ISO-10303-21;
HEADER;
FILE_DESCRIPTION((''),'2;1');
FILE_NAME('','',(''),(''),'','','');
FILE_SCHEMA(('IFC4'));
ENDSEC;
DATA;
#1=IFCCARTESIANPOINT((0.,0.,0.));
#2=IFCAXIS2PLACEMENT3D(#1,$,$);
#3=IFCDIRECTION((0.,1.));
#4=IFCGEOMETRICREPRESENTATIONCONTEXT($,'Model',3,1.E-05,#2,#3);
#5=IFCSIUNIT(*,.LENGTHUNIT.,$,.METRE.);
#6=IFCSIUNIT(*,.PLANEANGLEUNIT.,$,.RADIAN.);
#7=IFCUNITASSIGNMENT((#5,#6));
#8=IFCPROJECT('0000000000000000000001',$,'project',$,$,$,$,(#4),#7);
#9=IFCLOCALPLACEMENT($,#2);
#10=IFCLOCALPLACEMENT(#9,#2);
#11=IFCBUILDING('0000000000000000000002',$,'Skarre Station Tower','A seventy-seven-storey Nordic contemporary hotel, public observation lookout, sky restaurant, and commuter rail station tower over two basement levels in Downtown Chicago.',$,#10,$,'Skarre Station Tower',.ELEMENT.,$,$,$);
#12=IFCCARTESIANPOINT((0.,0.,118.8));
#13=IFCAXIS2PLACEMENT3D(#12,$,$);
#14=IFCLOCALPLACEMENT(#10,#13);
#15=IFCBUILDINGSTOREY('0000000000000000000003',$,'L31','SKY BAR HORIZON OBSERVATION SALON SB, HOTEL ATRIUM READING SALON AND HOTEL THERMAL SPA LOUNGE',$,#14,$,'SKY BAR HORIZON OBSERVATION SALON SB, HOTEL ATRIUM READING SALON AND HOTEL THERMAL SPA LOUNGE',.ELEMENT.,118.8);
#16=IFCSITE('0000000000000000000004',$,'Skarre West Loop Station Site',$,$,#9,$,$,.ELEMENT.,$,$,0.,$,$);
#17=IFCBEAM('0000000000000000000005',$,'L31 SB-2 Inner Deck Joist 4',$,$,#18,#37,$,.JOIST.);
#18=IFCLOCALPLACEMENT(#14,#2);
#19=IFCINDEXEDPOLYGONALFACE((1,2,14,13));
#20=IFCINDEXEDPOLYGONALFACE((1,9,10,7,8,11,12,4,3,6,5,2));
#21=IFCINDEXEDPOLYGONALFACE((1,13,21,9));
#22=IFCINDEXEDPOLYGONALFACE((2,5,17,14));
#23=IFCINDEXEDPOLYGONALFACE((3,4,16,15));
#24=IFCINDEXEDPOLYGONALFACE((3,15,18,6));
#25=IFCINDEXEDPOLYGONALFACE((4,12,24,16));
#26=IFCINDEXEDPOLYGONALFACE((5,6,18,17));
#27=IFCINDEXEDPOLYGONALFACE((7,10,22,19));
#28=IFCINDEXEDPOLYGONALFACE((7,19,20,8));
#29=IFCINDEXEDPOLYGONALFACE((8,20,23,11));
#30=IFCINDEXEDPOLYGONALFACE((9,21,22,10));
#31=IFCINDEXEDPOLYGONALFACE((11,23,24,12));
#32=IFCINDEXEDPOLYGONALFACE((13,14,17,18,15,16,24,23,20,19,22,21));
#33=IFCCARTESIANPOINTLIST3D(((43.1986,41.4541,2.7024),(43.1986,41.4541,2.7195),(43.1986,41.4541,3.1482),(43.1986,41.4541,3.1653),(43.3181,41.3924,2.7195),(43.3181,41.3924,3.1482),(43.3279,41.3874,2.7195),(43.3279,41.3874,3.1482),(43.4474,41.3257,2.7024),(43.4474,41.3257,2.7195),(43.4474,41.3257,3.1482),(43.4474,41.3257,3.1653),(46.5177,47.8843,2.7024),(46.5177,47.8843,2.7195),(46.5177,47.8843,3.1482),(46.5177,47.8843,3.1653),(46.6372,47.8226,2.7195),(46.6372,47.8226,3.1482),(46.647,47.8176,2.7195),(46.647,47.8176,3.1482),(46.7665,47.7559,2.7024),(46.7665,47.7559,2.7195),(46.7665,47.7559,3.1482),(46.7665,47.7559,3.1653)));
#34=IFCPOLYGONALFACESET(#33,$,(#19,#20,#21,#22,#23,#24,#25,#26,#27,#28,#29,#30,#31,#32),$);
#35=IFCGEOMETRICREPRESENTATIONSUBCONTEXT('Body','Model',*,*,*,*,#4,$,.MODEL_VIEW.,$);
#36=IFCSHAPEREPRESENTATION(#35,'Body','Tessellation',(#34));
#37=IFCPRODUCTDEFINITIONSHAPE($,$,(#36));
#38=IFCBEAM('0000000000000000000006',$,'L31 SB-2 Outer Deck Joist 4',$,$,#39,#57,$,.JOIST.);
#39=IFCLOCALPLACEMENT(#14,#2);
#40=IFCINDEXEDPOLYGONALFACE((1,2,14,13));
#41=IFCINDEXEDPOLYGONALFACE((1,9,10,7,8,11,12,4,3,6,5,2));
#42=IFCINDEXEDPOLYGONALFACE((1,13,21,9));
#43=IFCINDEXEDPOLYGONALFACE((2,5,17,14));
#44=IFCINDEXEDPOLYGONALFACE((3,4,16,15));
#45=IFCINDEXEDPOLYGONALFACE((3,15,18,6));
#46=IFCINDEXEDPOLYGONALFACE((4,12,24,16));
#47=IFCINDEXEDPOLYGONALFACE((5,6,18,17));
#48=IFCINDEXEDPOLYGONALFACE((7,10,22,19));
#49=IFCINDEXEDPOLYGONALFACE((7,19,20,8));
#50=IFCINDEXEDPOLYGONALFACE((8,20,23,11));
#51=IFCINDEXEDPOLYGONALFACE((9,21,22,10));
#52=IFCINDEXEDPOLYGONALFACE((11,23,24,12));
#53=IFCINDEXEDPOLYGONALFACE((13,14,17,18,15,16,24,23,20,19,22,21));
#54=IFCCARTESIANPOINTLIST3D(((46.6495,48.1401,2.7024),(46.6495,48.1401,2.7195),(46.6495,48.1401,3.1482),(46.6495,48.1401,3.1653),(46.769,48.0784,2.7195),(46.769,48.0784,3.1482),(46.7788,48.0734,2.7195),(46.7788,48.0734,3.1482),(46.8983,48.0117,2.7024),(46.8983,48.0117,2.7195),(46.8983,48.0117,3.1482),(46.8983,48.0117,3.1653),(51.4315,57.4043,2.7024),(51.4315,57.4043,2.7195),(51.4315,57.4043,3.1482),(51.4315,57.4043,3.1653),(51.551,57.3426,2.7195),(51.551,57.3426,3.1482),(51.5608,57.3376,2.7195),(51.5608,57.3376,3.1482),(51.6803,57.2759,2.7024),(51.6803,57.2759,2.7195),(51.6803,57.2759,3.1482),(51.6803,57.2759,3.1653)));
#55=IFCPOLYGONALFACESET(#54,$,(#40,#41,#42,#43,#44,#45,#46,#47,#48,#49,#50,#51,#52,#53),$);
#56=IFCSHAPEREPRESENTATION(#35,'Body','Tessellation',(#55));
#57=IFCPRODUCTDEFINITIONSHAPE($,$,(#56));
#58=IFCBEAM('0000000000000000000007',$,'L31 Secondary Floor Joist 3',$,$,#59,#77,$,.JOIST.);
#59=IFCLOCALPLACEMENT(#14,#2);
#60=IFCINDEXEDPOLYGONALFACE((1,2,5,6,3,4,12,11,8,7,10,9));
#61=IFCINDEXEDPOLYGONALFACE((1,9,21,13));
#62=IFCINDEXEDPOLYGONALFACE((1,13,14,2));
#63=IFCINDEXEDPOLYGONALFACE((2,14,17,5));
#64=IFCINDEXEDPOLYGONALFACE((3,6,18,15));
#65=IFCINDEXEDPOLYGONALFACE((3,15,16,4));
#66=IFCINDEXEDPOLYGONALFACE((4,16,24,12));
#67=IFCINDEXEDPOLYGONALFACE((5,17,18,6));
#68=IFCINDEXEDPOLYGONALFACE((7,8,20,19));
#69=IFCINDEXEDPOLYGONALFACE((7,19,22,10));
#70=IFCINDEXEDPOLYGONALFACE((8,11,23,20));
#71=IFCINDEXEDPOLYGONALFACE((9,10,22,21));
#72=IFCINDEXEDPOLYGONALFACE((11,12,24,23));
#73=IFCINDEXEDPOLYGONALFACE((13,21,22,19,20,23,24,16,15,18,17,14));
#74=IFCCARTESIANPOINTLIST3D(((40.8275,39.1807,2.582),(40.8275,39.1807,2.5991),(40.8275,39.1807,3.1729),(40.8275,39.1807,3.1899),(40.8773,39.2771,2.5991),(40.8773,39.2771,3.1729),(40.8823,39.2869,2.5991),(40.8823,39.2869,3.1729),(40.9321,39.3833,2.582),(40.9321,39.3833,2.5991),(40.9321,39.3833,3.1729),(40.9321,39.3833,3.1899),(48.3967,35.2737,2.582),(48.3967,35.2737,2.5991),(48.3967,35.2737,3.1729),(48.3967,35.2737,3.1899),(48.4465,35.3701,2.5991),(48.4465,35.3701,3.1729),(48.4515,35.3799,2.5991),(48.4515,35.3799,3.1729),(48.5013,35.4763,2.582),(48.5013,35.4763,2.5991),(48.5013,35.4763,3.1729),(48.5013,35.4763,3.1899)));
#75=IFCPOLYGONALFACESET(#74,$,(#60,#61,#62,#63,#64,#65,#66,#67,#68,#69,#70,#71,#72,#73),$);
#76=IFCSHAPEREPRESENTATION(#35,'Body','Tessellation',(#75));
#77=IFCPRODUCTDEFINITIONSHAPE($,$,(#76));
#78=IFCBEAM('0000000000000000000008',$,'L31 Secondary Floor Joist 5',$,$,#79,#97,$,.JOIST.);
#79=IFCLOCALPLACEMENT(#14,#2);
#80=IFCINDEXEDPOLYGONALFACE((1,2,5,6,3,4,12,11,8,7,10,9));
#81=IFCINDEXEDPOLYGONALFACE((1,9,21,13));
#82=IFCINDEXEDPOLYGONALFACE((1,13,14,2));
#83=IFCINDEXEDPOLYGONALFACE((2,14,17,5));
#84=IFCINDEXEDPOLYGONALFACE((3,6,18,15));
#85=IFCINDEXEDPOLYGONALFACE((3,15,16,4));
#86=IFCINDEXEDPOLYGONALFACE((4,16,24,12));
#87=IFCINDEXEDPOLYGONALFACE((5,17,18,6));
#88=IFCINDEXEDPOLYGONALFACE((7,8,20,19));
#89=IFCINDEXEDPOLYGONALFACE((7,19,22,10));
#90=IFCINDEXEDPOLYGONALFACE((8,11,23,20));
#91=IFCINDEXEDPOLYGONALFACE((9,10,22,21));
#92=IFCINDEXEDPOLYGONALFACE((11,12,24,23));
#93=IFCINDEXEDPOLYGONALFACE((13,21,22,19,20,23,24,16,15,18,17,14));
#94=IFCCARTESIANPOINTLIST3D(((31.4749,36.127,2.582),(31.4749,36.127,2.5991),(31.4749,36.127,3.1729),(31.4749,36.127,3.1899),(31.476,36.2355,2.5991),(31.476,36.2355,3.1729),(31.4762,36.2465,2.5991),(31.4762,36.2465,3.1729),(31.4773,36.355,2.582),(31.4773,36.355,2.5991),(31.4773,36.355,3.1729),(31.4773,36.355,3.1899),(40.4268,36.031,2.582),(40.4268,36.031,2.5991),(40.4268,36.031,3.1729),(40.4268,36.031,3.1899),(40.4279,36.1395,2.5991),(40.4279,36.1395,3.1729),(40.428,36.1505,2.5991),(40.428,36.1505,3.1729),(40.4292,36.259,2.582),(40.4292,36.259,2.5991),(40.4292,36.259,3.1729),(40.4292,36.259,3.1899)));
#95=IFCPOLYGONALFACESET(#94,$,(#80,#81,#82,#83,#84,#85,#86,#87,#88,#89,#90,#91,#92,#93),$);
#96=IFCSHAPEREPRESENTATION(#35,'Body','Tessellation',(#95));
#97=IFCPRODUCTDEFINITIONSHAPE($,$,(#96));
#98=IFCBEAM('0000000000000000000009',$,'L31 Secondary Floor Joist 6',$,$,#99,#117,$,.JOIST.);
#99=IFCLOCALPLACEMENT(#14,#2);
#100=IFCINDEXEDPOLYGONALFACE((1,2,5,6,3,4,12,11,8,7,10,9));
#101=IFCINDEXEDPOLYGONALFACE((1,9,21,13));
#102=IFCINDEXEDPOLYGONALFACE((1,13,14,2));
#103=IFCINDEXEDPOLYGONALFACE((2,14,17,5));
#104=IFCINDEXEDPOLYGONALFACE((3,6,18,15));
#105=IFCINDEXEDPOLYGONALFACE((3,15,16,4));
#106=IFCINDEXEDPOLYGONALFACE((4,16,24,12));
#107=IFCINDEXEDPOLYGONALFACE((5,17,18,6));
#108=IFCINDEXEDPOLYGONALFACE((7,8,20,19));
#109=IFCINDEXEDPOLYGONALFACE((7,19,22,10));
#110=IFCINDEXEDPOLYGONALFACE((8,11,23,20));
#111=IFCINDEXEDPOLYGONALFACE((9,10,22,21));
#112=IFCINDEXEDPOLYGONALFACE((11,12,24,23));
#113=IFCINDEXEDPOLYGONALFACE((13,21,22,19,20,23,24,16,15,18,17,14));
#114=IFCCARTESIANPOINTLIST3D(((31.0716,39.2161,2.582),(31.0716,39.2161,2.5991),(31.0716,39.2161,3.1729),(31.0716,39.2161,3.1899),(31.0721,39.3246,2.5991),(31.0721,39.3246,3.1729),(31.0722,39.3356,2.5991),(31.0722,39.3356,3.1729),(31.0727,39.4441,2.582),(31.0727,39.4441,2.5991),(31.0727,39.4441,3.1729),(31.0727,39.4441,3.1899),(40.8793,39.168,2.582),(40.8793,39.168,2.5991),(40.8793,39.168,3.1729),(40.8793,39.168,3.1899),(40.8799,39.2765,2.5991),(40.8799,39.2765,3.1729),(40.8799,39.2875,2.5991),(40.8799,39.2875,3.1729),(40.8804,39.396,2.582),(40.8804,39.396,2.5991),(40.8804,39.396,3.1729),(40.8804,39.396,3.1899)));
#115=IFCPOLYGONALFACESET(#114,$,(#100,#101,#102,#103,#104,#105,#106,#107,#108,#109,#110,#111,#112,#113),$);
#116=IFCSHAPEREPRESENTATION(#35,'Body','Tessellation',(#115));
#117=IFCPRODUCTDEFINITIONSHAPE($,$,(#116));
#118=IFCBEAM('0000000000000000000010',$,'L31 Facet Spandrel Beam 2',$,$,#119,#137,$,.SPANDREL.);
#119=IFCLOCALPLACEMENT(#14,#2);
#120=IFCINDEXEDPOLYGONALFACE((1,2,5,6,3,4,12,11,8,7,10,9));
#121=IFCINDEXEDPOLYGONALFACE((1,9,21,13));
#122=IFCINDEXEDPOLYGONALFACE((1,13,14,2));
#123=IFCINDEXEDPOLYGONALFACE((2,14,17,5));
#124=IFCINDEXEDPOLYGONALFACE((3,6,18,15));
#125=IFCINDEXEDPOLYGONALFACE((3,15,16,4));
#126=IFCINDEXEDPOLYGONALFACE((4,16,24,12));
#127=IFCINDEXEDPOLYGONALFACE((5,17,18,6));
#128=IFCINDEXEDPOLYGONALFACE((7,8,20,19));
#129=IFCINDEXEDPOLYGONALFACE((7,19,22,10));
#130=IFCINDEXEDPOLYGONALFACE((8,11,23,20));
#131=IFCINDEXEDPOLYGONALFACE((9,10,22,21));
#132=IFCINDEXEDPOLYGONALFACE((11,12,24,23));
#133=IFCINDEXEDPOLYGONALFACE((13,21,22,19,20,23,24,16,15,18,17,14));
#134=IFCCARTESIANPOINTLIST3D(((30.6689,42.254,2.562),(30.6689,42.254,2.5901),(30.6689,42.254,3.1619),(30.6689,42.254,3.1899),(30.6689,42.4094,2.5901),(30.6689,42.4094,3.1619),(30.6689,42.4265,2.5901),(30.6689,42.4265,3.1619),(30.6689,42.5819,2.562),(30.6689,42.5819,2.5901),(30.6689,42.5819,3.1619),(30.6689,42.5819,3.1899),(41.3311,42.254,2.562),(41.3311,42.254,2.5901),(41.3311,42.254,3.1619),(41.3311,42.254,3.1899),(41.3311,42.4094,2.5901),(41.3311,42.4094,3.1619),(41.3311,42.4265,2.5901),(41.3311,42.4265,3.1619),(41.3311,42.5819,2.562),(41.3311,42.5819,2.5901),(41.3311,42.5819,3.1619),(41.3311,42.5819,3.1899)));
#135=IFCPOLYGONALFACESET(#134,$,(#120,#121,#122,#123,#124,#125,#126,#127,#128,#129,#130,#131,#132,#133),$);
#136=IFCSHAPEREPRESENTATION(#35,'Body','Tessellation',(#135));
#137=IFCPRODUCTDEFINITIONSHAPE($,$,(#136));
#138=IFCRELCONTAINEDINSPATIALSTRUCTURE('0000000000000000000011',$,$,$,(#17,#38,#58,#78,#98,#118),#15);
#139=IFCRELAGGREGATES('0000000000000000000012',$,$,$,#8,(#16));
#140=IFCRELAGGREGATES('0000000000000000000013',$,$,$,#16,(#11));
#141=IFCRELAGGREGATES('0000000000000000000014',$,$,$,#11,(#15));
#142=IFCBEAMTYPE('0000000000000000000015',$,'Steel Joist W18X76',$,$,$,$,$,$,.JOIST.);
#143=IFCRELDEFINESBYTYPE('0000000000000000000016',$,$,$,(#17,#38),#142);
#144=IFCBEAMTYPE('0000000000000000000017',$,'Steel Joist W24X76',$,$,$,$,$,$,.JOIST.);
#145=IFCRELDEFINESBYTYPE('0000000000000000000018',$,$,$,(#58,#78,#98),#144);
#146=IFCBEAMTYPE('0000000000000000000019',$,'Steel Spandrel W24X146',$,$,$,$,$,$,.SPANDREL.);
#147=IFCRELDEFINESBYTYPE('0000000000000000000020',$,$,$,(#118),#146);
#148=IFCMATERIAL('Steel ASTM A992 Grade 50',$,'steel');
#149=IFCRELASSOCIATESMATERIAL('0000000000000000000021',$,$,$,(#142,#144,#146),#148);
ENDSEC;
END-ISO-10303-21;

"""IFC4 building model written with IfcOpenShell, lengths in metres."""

from ifc_helpers import new_model, si_unit, direction, frame, origin, origin_2d, place, context, subcontext, project, spatial, i_section, extrude, material, material_profile, profile_set, type_object, element, save


model = new_model("IFC4")

# Units and contexts
model_context = context("Model", 3, precision=1e-05, world=origin(), true_north=direction((0.0, 1.0)))
body_context = subcontext(model_context, "Body", "Model", "MODEL_VIEW")
ifc_project = project(units=[si_unit("LENGTHUNIT", "METRE"), si_unit("PLANEANGLEUNIT", "RADIAN")], contexts=[model_context])

# Site, building, storey
site_placement = place(None, origin())
site = spatial("IfcSite", under=ifc_project, at=site_placement, Name="Skarre West Loop Station Site", CompositionType="ELEMENT", RefElevation=0.0)
building_placement = place(site_placement, origin())
building = spatial("IfcBuilding", under=site, at=building_placement, Name="Skarre Station Tower", Description="A seventy-seven-storey Nordic contemporary hotel, public observation lookout, sky restaurant, and commuter rail station tower over two basement levels in Downtown Chicago.", LongName="Skarre Station Tower", CompositionType="ELEMENT")
storey_placement = place(building_placement, frame((0.0, 0.0, 118.8)))
storey = spatial("IfcBuildingStorey", under=building, at=storey_placement, Name="L31", Description="SKY BAR HORIZON OBSERVATION SALON SB, HOTEL ATRIUM READING SALON AND HOTEL THERMAL SPA LOUNGE", LongName="SKY BAR HORIZON OBSERVATION SALON SB, HOTEL ATRIUM READING SALON AND HOTEL THERMAL SPA LOUNGE", CompositionType="ELEMENT", Elevation=118.8)

# Beams
ifc_material_1 = material(Name="Steel ASTM A992 Grade 50", Category="steel")
ifc_material_profile_1 = material_profile(ifc_material_1, i_section(OverallWidth=0.28, OverallDepth=0.4629, WebThickness=0.011, FlangeThickness=0.0171, at=origin_2d()), Name="Steel ASTM A992 Grade 50")
ifc_profile_set_1 = profile_set([ifc_material_profile_1], Name="Steel ASTM A992 Grade 50")
beam_type_1 = type_object("IfcBeamType", Name="Steel Joist W18X76", PredefinedType="JOIST", material=ifc_profile_set_1)
beam_1_placement = place(storey_placement, frame((43.323, 41.3899, 2.9338), z_axis=(0.458675, 0.888604, 0.0), x_axis=(-0.888604, 0.458675, 0.0)))
element("IfcBeam", 1, at=beam_1_placement, inside=storey, type_object=beam_type_1, Name="L31 SB-2 Inner Deck Joist 4", PredefinedType="JOIST", context=body_context, shape_type="SweptSolid", body=[
    extrude(i_section(OverallWidth=0.28, OverallDepth=0.4629, WebThickness=0.011, FlangeThickness=0.0171, at=origin_2d()), origin(), (0.0, 0.0, 1.0), 7.2363),
])
beam_2_placement = place(storey_placement, frame((46.7739, 48.0759, 2.9338), z_axis=(0.458679, 0.888602, 0.0), x_axis=(-0.888602, 0.458679, 0.0)))
element("IfcBeam", 2, at=beam_2_placement, inside=storey, type_object=beam_type_1, Name="L31 SB-2 Outer Deck Joist 4", PredefinedType="JOIST", context=body_context, shape_type="SweptSolid", body=[
    extrude(i_section(OverallWidth=0.28, OverallDepth=0.4629, WebThickness=0.011, FlangeThickness=0.0171, at=origin_2d()), origin(), (0.0, 0.0, 1.0), 10.4255),
])
ifc_material_profile_2 = material_profile(ifc_material_1, i_section(OverallWidth=0.228, OverallDepth=0.6079, WebThickness=0.011, FlangeThickness=0.0171, at=origin_2d()), Name="Steel ASTM A992 Grade 50")
ifc_profile_set_2 = profile_set([ifc_material_profile_2], Name="Steel ASTM A992 Grade 50")
beam_type_2 = type_object("IfcBeamType", Name="Steel Joist W24X76", PredefinedType="JOIST", material=ifc_profile_set_2)
beam_3_placement = place(storey_placement, frame((48.449, 35.375, 2.886), z_axis=(-0.888604, 0.458676, 0.0), x_axis=(-0.458676, -0.888604, 0.0)))
element("IfcBeam", 3, at=beam_3_placement, inside=storey, type_object=beam_type_2, Name="L31 Secondary Floor Joist 3", PredefinedType="JOIST", context=body_context, shape_type="SweptSolid", body=[
    extrude(i_section(OverallWidth=0.228, OverallDepth=0.6079, WebThickness=0.011, FlangeThickness=0.0171, at=origin_2d()), origin(), (0.0, 0.0, 1.0), 8.5181),
])
beam_4_placement = place(storey_placement, frame((40.428, 36.145, 2.886), z_axis=(-0.999943, 0.010717, 0.0), x_axis=(-0.010717, -0.999943, 0.0)))
element("IfcBeam", 4, at=beam_4_placement, inside=storey, type_object=beam_type_2, Name="L31 Secondary Floor Joist 5", PredefinedType="JOIST", context=body_context, shape_type="SweptSolid", body=[
    extrude(i_section(OverallWidth=0.228, OverallDepth=0.6079, WebThickness=0.011, FlangeThickness=0.0171, at=origin_2d()), origin(), (0.0, 0.0, 1.0), 8.9524),
])
beam_5_placement = place(storey_placement, frame((40.8799, 39.282, 2.886), z_axis=(-0.999988, 0.004904, 0.0), x_axis=(-0.004904, -0.999988, 0.0)))
element("IfcBeam", 5, at=beam_5_placement, inside=storey, type_object=beam_type_2, Name="L31 Secondary Floor Joist 6", PredefinedType="JOIST", context=body_context, shape_type="SweptSolid", body=[
    extrude(i_section(OverallWidth=0.228, OverallDepth=0.6079, WebThickness=0.011, FlangeThickness=0.0171, at=origin_2d()), origin(), (0.0, 0.0, 1.0), 9.8079),
])
ifc_material_profile_3 = material_profile(ifc_material_1, i_section(OverallWidth=0.3279, OverallDepth=0.6279, WebThickness=0.0171, FlangeThickness=0.0281, at=origin_2d()), Name="Steel ASTM A992 Grade 50")
ifc_profile_set_3 = profile_set([ifc_material_profile_3], Name="Steel ASTM A992 Grade 50")
beam_type_3 = type_object("IfcBeamType", Name="Steel Spandrel W24X146", PredefinedType="SPANDREL", material=ifc_profile_set_3)
beam_6_placement = place(storey_placement, frame((41.3311, 42.418, 2.876), z_axis=(-1.0, 0.0, 0.0), x_axis=(0.0, -1.0, 0.0)))
element("IfcBeam", 6, at=beam_6_placement, inside=storey, type_object=beam_type_3, Name="L31 Facet Spandrel Beam 2", PredefinedType="SPANDREL", context=body_context, shape_type="SweptSolid", body=[
    extrude(i_section(OverallWidth=0.3279, OverallDepth=0.6279, WebThickness=0.0171, FlangeThickness=0.0281, at=origin_2d()), origin(), (0.0, 0.0, 1.0), 10.6621),
])

save(model, "model.ifc")
